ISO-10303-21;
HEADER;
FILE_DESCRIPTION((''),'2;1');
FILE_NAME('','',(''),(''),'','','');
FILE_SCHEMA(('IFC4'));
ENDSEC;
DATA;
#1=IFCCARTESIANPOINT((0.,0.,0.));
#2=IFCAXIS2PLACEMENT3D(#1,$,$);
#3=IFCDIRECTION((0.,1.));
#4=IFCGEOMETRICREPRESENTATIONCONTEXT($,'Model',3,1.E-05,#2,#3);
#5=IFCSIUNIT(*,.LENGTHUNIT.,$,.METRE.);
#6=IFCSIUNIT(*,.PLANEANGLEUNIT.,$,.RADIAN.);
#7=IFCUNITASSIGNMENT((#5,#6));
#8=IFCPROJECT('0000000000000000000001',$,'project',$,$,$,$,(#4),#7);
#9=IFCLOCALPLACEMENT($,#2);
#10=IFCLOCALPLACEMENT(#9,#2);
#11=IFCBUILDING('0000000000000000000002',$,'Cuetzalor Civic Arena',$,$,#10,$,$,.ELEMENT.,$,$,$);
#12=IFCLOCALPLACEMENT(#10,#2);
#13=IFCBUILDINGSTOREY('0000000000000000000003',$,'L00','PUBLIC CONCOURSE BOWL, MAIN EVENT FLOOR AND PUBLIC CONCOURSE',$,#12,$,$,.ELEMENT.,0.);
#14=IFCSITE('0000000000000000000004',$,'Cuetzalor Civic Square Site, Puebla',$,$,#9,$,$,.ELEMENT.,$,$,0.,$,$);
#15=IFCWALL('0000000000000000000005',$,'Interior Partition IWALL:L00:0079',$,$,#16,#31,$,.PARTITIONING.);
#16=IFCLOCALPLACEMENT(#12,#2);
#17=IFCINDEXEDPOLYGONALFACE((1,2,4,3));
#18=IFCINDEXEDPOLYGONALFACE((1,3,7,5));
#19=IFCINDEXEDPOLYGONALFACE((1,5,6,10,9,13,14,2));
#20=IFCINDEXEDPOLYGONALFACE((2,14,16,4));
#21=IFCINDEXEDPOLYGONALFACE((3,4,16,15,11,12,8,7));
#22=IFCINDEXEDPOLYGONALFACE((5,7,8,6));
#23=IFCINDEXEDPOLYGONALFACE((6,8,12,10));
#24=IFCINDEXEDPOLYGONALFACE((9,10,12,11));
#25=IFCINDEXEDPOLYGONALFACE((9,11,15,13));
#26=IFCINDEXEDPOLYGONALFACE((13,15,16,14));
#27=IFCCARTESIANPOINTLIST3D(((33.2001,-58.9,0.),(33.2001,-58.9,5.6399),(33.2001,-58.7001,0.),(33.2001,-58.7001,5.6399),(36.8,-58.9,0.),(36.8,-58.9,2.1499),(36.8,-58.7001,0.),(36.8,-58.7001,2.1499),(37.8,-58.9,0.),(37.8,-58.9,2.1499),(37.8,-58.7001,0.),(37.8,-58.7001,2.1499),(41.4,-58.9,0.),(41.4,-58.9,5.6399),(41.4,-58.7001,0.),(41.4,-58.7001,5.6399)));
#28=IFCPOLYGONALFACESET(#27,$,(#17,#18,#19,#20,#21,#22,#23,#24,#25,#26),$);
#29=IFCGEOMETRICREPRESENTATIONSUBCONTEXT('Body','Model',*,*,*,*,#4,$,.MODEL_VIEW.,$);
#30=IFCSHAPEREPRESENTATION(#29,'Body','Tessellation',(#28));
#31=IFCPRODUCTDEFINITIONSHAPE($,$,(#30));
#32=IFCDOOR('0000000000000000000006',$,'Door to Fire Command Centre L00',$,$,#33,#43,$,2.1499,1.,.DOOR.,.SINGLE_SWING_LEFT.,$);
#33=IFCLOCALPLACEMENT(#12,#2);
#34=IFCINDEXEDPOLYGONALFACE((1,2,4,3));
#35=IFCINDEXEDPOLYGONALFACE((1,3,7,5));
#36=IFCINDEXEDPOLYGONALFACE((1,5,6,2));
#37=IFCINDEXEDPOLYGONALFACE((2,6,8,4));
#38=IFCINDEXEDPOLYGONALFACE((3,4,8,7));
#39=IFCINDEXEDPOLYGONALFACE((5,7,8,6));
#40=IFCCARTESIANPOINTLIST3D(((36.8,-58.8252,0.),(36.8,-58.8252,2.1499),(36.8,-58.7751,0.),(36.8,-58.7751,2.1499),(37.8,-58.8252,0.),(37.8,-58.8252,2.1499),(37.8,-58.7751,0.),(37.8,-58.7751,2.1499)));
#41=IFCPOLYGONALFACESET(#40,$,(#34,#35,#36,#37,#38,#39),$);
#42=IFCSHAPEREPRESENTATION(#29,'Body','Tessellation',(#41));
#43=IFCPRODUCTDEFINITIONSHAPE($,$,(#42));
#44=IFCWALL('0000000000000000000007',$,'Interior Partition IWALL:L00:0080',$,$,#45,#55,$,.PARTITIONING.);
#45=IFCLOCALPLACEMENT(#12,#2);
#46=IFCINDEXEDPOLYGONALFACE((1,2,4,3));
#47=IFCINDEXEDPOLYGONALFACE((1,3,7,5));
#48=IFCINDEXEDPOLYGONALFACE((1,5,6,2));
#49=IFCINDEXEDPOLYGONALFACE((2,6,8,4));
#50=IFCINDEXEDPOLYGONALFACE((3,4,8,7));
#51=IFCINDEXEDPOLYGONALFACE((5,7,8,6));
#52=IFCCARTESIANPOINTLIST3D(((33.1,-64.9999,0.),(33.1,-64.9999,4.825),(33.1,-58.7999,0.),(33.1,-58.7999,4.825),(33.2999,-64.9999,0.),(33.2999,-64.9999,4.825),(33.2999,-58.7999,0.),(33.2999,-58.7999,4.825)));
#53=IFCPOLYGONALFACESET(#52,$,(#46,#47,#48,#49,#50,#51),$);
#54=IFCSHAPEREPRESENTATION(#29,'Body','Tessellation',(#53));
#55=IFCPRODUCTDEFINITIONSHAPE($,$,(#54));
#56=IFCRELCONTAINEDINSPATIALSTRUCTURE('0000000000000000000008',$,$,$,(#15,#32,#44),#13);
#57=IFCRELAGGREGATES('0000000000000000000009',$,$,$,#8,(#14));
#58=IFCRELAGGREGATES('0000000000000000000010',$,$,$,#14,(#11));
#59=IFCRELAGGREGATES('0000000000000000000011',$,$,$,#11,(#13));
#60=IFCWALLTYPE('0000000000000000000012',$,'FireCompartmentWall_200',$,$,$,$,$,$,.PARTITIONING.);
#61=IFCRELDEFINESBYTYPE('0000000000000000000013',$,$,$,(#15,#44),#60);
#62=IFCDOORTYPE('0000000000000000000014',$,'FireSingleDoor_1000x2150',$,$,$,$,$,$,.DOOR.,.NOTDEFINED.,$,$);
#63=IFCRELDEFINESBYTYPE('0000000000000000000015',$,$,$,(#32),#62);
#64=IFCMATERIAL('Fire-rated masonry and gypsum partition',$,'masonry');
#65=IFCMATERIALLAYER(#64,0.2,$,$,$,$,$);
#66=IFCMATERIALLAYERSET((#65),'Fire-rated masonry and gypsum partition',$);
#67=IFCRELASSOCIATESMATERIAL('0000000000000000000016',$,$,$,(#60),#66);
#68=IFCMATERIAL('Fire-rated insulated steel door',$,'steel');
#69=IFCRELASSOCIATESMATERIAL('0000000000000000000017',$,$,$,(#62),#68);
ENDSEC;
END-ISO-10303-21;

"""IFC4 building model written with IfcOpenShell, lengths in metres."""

from ifc_helpers import new_model, si_unit, direction, frame, frame_2d, origin, place, context, subcontext, project, spatial, rectangle, extrude, material, layer, layer_set, type_object, element, fill, save


model = new_model("IFC4")

# Units and contexts
model_context = context("Model", 3, precision=1e-05, world=origin(), true_north=direction((0.0, 1.0)))
body_context = subcontext(model_context, "Body", "Model", "MODEL_VIEW")
ifc_project = project(units=[si_unit("LENGTHUNIT", "METRE"), si_unit("PLANEANGLEUNIT", "RADIAN")], contexts=[model_context])

# Site, building, storey
site_placement = place(None, origin())
site = spatial("IfcSite", under=ifc_project, at=site_placement, Name="Cuetzalor Civic Square Site, Puebla", CompositionType="ELEMENT", RefElevation=0.0)
building_placement = place(site_placement, origin())
building = spatial("IfcBuilding", under=site, at=building_placement, Name="Cuetzalor Civic Arena", CompositionType="ELEMENT")
storey_placement = place(building_placement, origin())
storey = spatial("IfcBuildingStorey", under=building, at=storey_placement, Name="L00", Description="PUBLIC CONCOURSE BOWL, MAIN EVENT FLOOR AND PUBLIC CONCOURSE", CompositionType="ELEMENT", Elevation=0.0)

# Wall, opening, door
ifc_material_1 = material(Name="Fire-rated masonry and gypsum partition", Category="masonry")
ifc_layer_1 = layer(ifc_material_1, 0.2)
ifc_layer_set_1 = layer_set([ifc_layer_1], Name="Fire-rated masonry and gypsum partition")
wall_type_1 = type_object("IfcWallType", Name="FireCompartmentWall_200", PredefinedType="PARTITIONING", material=ifc_layer_set_1)
wall_1_placement = place(storey_placement, frame((33.2, -58.8, 0.0), z_axis=(0.0, 0.0, 1.0), x_axis=(1.0, 0.0, 0.0)))
wall_1 = element("IfcWall", 1, at=wall_1_placement, inside=storey, type_object=wall_type_1, Name="Interior Partition IWALL:L00:0079", PredefinedType="PARTITIONING", context=body_context, shape_type="SweptSolid", body=[
    extrude(rectangle(XDim=8.2, YDim=0.2, at=frame_2d((4.1001, 0.0))), origin(), (0.0, 0.0, 1.0), 5.6399),
])
opening_1_placement = place(wall_1_placement, frame((3.6001, 0.0, 0.0)))
opening_1 = element("IfcOpeningElement", 2, at=opening_1_placement, cuts=wall_1, PredefinedType="OPENING", context=body_context, shape_type="SweptSolid", body=[
    extrude(rectangle(XDim=1.0, YDim=2.1499, at=frame_2d((0.5, 1.075))), frame((0.0, 0.1099, 0.0), z_axis=(0.0, -1.0, 0.0), x_axis=(1.0, 0.0, 0.0)), (0.0, 0.0, 1.0), 0.22),
])
ifc_material_2 = material(Name="Fire-rated insulated steel door", Category="steel")
door_type_1 = type_object("IfcDoorType", Name="FireSingleDoor_1000x2150", OperationType="NOTDEFINED", PredefinedType="DOOR", material=ifc_material_2)
door_1_placement = place(opening_1_placement, origin())
door_1 = element("IfcDoor", 3, at=door_1_placement, inside=storey, type_object=door_type_1, Name="Door to Fire Command Centre L00", OperationType="SINGLE_SWING_LEFT", OverallHeight=2.1499, OverallWidth=1.0, PredefinedType="DOOR", context=body_context, shape_type="SweptSolid", body=[
    extrude(rectangle(XDim=1.0, YDim=2.1499, at=frame_2d((0.5, 1.075))), frame((0.0, 0.0249, 0.0), z_axis=(0.0, -1.0, 0.0), x_axis=(1.0, 0.0, 0.0)), (0.0, 0.0, 1.0), 0.05),
])
fill(opening_1, door_1)

# Wall
wall_2_placement = place(storey_placement, frame((33.2, -65.0, 0.0), z_axis=(0.0, 0.0, 1.0), x_axis=(0.0, 1.0, 0.0)))
element("IfcWall", 4, at=wall_2_placement, inside=storey, type_object=wall_type_1, Name="Interior Partition IWALL:L00:0080", PredefinedType="PARTITIONING", context=body_context, shape_type="SweptSolid", body=[
    extrude(rectangle(XDim=6.2, YDim=0.2, at=frame_2d((3.1001, 0.0))), origin(), (0.0, 0.0, 1.0), 4.825),
])

save(model, "model.ifc")
